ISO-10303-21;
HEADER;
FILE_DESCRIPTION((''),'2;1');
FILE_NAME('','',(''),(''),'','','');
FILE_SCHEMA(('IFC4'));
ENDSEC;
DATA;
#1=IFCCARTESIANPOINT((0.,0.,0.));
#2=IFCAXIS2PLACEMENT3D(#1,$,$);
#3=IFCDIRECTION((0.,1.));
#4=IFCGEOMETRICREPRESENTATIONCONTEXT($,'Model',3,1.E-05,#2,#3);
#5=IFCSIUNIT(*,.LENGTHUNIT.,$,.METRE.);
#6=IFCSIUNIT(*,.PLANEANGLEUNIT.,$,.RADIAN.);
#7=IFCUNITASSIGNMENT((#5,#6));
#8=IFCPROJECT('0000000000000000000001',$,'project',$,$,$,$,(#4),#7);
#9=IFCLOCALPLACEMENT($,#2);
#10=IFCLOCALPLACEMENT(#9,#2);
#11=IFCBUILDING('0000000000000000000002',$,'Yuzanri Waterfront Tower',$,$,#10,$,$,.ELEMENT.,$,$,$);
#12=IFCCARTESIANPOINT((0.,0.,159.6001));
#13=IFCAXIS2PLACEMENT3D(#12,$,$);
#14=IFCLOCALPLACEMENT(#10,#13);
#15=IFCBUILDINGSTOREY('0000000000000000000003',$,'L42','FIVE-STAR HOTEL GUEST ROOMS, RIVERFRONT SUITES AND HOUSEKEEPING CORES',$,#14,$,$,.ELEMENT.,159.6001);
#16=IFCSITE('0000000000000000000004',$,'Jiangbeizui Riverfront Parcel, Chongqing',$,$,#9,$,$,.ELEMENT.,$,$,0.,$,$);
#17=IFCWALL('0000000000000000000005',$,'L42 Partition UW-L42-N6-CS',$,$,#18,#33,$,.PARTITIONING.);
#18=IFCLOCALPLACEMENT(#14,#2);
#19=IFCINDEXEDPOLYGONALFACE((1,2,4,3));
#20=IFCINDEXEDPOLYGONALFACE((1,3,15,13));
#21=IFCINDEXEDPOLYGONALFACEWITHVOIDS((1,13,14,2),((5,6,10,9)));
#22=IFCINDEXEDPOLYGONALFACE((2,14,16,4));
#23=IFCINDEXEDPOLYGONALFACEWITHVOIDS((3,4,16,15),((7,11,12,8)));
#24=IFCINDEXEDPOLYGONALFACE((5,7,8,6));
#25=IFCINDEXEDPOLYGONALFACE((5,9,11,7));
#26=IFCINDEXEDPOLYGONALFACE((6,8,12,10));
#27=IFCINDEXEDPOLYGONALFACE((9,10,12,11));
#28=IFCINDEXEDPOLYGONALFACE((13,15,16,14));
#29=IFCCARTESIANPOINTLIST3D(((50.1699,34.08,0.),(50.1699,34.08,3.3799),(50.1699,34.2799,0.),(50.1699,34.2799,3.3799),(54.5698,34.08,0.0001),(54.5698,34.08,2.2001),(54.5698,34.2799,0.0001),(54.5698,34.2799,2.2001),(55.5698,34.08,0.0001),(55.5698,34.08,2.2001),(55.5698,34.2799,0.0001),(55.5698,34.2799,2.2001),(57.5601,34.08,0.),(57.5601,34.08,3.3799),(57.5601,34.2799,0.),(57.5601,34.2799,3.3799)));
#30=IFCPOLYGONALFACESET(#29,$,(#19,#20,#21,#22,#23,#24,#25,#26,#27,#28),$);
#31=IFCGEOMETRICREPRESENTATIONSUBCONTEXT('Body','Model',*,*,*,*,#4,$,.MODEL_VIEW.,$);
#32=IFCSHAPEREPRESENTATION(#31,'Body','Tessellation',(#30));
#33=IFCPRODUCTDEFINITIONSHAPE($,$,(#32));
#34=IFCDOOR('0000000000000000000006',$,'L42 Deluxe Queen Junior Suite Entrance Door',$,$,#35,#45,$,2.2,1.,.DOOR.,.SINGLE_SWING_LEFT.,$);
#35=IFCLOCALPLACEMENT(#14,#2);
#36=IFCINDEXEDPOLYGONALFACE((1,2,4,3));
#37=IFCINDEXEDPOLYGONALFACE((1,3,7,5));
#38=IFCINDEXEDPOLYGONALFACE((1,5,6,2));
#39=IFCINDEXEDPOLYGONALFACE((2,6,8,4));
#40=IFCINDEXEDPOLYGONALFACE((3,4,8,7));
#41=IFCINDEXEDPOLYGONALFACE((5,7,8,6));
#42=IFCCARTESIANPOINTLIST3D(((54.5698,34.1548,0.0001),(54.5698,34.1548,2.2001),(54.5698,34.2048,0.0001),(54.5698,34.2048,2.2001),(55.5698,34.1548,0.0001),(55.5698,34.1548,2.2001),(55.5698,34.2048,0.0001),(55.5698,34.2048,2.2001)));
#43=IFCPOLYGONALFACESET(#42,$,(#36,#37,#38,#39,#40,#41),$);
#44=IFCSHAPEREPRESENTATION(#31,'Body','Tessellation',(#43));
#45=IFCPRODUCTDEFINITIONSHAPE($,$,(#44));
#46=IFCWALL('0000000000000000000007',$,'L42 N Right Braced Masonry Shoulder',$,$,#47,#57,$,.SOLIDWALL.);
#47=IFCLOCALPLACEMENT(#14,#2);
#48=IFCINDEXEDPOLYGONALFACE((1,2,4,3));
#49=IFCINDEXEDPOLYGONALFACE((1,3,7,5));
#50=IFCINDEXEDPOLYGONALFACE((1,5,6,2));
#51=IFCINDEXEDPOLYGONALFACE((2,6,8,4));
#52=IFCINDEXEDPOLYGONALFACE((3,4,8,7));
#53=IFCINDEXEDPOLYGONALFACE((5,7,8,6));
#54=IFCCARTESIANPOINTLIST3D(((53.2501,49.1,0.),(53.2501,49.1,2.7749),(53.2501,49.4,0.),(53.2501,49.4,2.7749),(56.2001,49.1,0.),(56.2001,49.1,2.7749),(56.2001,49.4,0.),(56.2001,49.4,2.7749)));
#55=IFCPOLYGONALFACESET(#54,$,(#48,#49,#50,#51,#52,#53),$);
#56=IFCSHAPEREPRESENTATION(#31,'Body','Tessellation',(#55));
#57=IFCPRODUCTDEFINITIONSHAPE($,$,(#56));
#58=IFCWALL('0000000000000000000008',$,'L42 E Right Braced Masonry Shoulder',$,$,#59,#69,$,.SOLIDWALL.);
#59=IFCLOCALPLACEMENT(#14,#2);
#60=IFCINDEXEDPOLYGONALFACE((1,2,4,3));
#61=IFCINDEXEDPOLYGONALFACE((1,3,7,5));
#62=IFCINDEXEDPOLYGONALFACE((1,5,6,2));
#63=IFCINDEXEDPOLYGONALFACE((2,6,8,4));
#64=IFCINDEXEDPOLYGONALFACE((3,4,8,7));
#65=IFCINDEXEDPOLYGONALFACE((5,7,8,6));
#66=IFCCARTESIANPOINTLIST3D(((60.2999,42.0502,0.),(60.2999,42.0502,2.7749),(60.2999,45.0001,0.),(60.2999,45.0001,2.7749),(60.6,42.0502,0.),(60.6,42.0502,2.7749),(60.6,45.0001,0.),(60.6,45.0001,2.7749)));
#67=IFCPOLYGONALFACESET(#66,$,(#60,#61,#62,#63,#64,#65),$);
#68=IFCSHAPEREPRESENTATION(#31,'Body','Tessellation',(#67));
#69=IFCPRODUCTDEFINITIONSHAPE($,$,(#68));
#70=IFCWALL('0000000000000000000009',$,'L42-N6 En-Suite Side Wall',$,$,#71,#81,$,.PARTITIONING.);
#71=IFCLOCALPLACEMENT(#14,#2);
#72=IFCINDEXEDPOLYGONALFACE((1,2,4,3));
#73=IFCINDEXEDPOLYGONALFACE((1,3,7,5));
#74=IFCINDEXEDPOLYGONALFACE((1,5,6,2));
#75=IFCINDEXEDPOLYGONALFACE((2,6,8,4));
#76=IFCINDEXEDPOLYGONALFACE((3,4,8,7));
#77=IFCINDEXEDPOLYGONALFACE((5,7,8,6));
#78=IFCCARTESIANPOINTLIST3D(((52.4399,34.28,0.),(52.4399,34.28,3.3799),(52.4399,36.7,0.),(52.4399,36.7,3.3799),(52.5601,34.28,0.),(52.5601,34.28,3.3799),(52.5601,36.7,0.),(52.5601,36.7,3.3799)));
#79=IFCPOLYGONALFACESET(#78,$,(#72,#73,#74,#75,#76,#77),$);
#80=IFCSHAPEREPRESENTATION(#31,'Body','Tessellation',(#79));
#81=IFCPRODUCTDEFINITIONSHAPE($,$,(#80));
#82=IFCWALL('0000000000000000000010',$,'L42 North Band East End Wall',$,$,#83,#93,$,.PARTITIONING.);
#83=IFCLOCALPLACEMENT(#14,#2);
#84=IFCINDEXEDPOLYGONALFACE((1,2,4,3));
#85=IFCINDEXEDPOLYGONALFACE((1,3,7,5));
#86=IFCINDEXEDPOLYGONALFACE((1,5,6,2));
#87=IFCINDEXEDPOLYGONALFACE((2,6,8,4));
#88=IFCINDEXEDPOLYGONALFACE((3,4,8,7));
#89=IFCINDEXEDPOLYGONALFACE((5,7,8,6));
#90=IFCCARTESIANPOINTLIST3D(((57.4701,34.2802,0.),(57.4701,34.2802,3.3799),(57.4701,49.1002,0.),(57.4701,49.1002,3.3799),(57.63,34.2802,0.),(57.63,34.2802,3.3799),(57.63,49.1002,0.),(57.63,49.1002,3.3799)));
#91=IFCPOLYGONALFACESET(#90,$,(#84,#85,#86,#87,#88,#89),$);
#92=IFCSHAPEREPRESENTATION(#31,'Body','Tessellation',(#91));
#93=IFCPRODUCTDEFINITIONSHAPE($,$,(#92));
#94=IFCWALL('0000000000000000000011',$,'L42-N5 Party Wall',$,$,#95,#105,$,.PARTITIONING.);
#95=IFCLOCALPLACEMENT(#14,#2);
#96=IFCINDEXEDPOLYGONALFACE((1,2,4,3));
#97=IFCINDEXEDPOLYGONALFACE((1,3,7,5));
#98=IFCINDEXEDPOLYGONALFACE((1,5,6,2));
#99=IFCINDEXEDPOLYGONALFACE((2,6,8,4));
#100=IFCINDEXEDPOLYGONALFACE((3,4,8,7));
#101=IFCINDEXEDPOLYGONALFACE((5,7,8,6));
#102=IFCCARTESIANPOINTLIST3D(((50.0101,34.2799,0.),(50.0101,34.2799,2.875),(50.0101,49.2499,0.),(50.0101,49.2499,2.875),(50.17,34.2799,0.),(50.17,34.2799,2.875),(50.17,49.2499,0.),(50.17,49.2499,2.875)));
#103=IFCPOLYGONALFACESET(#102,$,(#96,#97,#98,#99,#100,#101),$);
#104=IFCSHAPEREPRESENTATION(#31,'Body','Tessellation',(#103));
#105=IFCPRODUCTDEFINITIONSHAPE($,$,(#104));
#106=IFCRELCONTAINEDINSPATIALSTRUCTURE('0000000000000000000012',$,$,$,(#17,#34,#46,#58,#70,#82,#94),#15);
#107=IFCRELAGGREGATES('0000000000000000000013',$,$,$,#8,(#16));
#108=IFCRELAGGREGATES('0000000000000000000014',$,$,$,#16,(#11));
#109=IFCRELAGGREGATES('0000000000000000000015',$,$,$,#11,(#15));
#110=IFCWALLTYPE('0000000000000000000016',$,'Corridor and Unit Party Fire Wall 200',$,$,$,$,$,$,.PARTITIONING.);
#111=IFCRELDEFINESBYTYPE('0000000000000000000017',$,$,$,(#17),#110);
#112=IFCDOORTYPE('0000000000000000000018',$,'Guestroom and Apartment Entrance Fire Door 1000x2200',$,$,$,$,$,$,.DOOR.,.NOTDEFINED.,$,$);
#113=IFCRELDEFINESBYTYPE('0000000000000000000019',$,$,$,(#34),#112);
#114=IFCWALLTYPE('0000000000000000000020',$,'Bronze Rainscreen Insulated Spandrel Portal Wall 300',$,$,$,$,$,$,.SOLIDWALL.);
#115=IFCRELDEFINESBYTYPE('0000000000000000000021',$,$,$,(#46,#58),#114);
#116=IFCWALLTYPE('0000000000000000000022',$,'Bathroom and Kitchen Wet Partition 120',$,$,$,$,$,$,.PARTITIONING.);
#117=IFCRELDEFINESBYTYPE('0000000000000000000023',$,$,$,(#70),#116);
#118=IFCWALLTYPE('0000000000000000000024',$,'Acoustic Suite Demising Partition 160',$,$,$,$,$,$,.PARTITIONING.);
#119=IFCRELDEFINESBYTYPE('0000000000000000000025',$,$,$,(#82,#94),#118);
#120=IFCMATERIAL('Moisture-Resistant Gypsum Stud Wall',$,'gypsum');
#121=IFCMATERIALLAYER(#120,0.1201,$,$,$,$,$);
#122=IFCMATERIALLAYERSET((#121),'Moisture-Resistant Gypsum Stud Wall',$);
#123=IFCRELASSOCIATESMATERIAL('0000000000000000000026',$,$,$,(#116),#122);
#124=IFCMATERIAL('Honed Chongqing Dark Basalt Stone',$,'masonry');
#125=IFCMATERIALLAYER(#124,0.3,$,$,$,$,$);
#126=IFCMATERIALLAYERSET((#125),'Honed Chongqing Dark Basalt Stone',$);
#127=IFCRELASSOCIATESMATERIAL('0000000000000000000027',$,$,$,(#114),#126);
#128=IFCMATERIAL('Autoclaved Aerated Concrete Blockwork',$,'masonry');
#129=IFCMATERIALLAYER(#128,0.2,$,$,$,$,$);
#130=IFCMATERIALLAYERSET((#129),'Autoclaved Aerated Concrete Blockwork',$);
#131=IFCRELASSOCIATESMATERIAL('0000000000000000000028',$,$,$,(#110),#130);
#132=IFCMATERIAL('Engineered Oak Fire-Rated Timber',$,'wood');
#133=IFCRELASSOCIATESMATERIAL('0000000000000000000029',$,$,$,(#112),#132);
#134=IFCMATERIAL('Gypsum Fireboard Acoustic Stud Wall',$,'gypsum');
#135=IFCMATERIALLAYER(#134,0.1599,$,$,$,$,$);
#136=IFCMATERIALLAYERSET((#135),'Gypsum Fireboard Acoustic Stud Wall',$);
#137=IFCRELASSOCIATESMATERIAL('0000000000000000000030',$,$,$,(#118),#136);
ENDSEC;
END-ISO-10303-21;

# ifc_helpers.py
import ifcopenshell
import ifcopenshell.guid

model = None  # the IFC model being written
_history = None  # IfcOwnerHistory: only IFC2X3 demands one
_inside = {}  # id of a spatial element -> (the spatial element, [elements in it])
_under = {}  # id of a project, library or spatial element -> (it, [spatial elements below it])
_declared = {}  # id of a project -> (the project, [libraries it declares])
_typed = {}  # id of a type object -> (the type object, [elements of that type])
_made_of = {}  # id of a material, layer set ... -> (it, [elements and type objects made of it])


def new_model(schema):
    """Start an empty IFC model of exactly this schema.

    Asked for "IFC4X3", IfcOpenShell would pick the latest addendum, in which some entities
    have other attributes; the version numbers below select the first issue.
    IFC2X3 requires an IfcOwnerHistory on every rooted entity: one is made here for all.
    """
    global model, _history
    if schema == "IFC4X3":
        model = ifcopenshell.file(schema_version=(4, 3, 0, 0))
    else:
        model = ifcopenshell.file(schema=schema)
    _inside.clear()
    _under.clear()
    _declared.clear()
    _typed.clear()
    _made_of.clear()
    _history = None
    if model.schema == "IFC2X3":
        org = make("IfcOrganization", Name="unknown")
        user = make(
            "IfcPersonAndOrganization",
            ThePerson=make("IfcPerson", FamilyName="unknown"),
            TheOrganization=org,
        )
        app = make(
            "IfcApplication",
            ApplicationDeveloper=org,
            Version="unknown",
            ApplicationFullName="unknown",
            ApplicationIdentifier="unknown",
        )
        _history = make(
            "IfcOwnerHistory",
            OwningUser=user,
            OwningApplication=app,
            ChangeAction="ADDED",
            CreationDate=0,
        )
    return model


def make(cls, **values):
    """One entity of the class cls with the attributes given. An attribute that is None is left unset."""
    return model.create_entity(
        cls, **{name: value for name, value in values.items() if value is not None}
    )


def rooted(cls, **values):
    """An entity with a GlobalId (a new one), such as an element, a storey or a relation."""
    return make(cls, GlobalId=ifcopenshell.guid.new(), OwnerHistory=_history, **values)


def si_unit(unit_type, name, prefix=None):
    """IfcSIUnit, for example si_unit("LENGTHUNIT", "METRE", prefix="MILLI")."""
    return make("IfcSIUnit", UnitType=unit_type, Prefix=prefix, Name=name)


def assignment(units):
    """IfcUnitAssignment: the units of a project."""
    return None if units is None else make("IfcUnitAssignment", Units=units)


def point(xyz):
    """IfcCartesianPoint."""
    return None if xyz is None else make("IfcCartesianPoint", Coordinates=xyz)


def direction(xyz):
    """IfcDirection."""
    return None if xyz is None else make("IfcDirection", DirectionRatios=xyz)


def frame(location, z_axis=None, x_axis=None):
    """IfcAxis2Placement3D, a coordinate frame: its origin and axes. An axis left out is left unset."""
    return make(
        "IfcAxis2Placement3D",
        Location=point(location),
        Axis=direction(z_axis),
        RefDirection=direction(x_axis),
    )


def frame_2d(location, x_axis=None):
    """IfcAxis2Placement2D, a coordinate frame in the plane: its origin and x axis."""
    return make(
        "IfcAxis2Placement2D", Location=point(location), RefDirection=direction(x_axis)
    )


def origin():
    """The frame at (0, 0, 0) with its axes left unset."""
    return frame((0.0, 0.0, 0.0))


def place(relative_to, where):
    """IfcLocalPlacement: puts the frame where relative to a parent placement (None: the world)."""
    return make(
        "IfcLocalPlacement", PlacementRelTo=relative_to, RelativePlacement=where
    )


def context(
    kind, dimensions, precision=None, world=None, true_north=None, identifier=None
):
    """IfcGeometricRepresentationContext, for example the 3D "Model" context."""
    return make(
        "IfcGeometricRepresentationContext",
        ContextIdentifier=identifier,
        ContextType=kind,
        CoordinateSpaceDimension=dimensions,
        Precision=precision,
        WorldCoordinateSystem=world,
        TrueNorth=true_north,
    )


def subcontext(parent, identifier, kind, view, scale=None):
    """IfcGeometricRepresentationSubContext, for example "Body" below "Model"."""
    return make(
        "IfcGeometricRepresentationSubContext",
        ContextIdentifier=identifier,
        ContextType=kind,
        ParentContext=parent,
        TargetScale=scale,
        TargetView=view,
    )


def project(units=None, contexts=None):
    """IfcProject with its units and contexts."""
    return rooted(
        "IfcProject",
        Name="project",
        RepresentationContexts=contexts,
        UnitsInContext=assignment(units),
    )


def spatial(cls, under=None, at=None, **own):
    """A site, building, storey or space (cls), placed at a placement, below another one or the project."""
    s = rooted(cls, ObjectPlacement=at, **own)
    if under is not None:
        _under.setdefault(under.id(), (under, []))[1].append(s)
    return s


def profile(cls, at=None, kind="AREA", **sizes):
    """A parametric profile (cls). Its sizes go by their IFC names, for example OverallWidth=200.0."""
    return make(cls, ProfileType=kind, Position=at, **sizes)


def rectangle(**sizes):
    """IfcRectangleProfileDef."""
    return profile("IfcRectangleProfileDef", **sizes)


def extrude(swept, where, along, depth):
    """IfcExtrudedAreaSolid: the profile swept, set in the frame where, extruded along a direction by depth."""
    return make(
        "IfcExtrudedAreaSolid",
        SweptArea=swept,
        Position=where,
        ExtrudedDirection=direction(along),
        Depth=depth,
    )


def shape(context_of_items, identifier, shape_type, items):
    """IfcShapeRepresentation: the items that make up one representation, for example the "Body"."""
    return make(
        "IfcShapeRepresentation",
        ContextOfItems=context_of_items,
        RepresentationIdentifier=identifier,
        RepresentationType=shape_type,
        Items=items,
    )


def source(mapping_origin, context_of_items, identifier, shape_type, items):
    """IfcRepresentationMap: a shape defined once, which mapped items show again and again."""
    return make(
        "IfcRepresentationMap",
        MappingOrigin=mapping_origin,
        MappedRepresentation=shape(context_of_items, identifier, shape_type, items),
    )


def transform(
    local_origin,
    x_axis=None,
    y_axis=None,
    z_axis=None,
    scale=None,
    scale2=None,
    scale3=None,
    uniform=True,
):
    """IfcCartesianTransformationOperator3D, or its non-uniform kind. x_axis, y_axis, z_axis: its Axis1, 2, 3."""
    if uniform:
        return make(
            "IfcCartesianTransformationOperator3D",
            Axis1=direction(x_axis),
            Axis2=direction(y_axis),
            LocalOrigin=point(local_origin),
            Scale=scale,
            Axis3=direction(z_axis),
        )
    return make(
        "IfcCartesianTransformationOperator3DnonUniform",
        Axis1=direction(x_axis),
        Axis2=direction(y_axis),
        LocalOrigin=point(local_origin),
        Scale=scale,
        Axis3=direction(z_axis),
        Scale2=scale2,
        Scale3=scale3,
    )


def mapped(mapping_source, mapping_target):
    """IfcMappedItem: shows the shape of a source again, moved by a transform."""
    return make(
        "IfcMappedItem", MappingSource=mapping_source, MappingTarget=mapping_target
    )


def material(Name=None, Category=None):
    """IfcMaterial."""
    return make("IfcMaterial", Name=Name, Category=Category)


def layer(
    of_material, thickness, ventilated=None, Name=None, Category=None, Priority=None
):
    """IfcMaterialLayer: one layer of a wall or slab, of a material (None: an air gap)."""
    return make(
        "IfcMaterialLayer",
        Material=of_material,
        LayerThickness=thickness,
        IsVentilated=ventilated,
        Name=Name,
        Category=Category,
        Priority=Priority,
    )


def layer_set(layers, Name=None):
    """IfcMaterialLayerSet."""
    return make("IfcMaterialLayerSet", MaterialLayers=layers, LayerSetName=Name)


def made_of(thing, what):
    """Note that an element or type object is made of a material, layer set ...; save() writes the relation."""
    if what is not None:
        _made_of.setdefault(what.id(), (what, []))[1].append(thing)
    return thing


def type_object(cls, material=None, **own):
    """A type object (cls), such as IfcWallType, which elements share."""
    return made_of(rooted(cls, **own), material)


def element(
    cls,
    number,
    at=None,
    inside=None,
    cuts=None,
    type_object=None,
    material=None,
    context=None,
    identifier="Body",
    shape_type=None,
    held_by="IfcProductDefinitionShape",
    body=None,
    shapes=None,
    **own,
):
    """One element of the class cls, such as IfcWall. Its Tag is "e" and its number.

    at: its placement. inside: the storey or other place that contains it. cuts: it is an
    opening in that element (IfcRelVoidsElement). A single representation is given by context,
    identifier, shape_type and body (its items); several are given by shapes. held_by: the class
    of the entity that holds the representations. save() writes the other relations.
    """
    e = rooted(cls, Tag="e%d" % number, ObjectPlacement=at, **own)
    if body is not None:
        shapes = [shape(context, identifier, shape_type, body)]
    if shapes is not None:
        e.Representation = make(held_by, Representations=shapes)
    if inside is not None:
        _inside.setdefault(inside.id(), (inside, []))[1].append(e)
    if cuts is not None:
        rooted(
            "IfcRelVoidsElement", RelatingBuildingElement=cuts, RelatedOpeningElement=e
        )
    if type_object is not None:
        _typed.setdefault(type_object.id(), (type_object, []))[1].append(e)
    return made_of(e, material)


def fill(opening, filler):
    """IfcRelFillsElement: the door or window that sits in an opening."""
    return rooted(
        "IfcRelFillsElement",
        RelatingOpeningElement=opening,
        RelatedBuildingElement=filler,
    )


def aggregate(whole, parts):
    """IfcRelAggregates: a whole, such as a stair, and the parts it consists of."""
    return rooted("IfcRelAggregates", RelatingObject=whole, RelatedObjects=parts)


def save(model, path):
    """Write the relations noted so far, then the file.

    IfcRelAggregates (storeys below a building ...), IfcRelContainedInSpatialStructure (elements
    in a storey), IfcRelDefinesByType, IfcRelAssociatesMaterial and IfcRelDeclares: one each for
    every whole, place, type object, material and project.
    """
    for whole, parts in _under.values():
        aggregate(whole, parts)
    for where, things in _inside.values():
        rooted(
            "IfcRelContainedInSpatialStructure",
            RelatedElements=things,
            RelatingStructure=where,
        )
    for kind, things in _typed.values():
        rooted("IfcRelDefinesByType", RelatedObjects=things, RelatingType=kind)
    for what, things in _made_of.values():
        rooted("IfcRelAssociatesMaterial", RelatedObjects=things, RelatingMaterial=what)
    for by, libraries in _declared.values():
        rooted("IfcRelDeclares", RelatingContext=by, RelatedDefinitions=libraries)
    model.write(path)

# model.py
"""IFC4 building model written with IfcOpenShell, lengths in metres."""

from ifc_helpers import new_model, si_unit, direction, frame, frame_2d, origin, place, context, subcontext, project, spatial, rectangle, extrude, source, transform, mapped, material, layer, layer_set, type_object, element, fill, save


model = new_model("IFC4")

# Units and contexts
model_context = context("Model", 3, precision=1e-05, world=origin(), true_north=direction((0.0, 1.0)))
body_context = subcontext(model_context, "Body", "Model", "MODEL_VIEW")
ifc_project = project(units=[si_unit("LENGTHUNIT", "METRE"), si_unit("PLANEANGLEUNIT", "RADIAN")], contexts=[model_context])

# Site, building, storey
site_placement = place(None, origin())
site = spatial("IfcSite", under=ifc_project, at=site_placement, Name="Jiangbeizui Riverfront Parcel, Chongqing", CompositionType="ELEMENT", RefElevation=0.0)
building_placement = place(site_placement, origin())
building = spatial("IfcBuilding", under=site, at=building_placement, Name="Yuzanri Waterfront Tower", CompositionType="ELEMENT")
storey_placement = place(building_placement, frame((0.0, 0.0, 159.6001)))
storey = spatial("IfcBuildingStorey", under=building, at=storey_placement, Name="L42", Description="FIVE-STAR HOTEL GUEST ROOMS, RIVERFRONT SUITES AND HOUSEKEEPING CORES", CompositionType="ELEMENT", Elevation=159.6001)

# Shared definitions
ifc_material_1 = material(Name="Moisture-Resistant Gypsum Stud Wall", Category="gypsum")
ifc_layer_1 = layer(ifc_material_1, 0.1201)
ifc_layer_set_1 = layer_set([ifc_layer_1], Name="Moisture-Resistant Gypsum Stud Wall")
wall_type_1 = type_object("IfcWallType", Name="Bathroom and Kitchen Wet Partition 120", PredefinedType="PARTITIONING", material=ifc_layer_set_1)

# Shared definitions
ifc_material_2 = material(Name="Honed Chongqing Dark Basalt Stone", Category="masonry")
ifc_layer_2 = layer(ifc_material_2, 0.3)
ifc_layer_set_2 = layer_set([ifc_layer_2], Name="Honed Chongqing Dark Basalt Stone")
wall_type_2 = type_object("IfcWallType", Name="Bronze Rainscreen Insulated Spandrel Portal Wall 300", PredefinedType="SOLIDWALL", material=ifc_layer_set_2)

# Wall, opening, door
ifc_material_3 = material(Name="Autoclaved Aerated Concrete Blockwork", Category="masonry")
ifc_layer_3 = layer(ifc_material_3, 0.2)
ifc_layer_set_3 = layer_set([ifc_layer_3], Name="Autoclaved Aerated Concrete Blockwork")
wall_type_3 = type_object("IfcWallType", Name="Corridor and Unit Party Fire Wall 200", PredefinedType="PARTITIONING", material=ifc_layer_set_3)
wall_1_placement = place(storey_placement, frame((50.1699, 34.1799, 0.0), z_axis=(0.0, 0.0, 1.0), x_axis=(1.0, 0.0, 0.0)))
wall_1 = element("IfcWall", 1, at=wall_1_placement, inside=storey, type_object=wall_type_3, Name="L42 Partition UW-L42-N6-CS", PredefinedType="PARTITIONING", context=body_context, shape_type="SweptSolid", body=[
    extrude(rectangle(XDim=7.3901, YDim=0.2, at=frame_2d((3.6951, 0.0))), origin(), (0.0, 0.0, 1.0), 3.3799),
])
opening_1_placement = place(wall_1_placement, frame((4.3999, 0.0, 0.0)))
opening_1 = element("IfcOpeningElement", 2, at=opening_1_placement, cuts=wall_1, PredefinedType="OPENING", context=body_context, shape_type="SweptSolid", body=[
    extrude(rectangle(XDim=1.0, YDim=2.2, at=frame_2d((0.5, 1.1001))), frame((0.0, 0.1147, 0.0), z_axis=(0.0, -1.0, 0.0), x_axis=(1.0, 0.0, 0.0)), (0.0, 0.0, 1.0), 0.2297),
])
ifc_material_4 = material(Name="Engineered Oak Fire-Rated Timber", Category="wood")
door_type_1 = type_object("IfcDoorType", Name="Guestroom and Apartment Entrance Fire Door 1000x2200", OperationType="NOTDEFINED", PredefinedType="DOOR", material=ifc_material_4)
shared_shape_1 = source(origin(), body_context, "Body", "SweptSolid", [
    extrude(rectangle(XDim=1.0, YDim=2.2, at=frame_2d((0.5, 1.1001))), frame((0.0, 0.0249, 0.0), z_axis=(0.0, -1.0, 0.0), x_axis=(1.0, 0.0, 0.0)), (0.0, 0.0, 1.0), 0.05),
])
door_1_placement = place(opening_1_placement, origin())
door_1 = element("IfcDoor", 3, at=door_1_placement, inside=storey, type_object=door_type_1, Name="L42 Deluxe Queen Junior Suite Entrance Door", OperationType="SINGLE_SWING_LEFT", OverallHeight=2.2, OverallWidth=1.0, PredefinedType="DOOR", context=body_context, shape_type="MappedRepresentation", body=[
    mapped(shared_shape_1, transform((0.0, 0.0, 0.0), scale=1.0)),
])
fill(opening_1, door_1)

# Walls
shared_shape_2 = source(origin(), body_context, "Body", "SweptSolid", [
    extrude(rectangle(XDim=2.95, YDim=0.3, at=frame_2d((1.4751, 0.0))), origin(), (0.0, 0.0, 1.0), 2.7749),
])
for number, where, z_axis, x_axis, name in (
    (4, (53.25, 49.25, 0.0), (0.0, 0.0, 1.0), (1.0, 0.0, 0.0), "L42 N Right Braced Masonry Shoulder"),
    (5, (60.45, 42.05, 0.0), (0.0, 0.0, 1.0), (0.0, 1.0, 0.0), "L42 E Right Braced Masonry Shoulder"),
):
    element("IfcWall", number, at=place(storey_placement, frame(where, z_axis=z_axis, x_axis=x_axis)), inside=storey, type_object=wall_type_2, Name=name, PredefinedType="SOLIDWALL", context=body_context, shape_type="MappedRepresentation", body=[
        mapped(shared_shape_2, transform((0.0, 0.0, 0.0), scale=1.0)),
    ])
shared_shape_3 = source(origin(), body_context, "Body", "SweptSolid", [
    extrude(rectangle(XDim=2.4199, YDim=0.1201, at=frame_2d((1.21, 0.0))), origin(), (0.0, 0.0, 1.0), 3.3799),
])
wall_2_placement = place(storey_placement, frame((52.5, 34.28, 0.0), z_axis=(0.0, 0.0, 1.0), x_axis=(0.0, 1.0, 0.0)))
element("IfcWall", 6, at=wall_2_placement, inside=storey, type_object=wall_type_1, Name="L42-N6 En-Suite Side Wall", PredefinedType="PARTITIONING", context=body_context, shape_type="MappedRepresentation", body=[
    mapped(shared_shape_3, transform((0.0, 0.0, 0.0), scale=1.0)),
])
ifc_material_5 = material(Name="Gypsum Fireboard Acoustic Stud Wall", Category="gypsum")
ifc_layer_4 = layer(ifc_material_5, 0.1599)
ifc_layer_set_4 = layer_set([ifc_layer_4], Name="Gypsum Fireboard Acoustic Stud Wall")
wall_type_4 = type_object("IfcWallType", Name="Acoustic Suite Demising Partition 160", PredefinedType="PARTITIONING", material=ifc_layer_set_4)
shared_shape_4 = source(origin(), body_context, "Body", "SweptSolid", [
    extrude(rectangle(XDim=14.8201, YDim=0.1599, at=frame_2d((7.4102, 0.0))), origin(), (0.0, 0.0, 1.0), 3.3799),
])
wall_3_placement = place(storey_placement, frame((57.55, 34.28, 0.0), z_axis=(0.0, 0.0, 1.0), x_axis=(0.0, 1.0, 0.0)))
element("IfcWall", 7, at=wall_3_placement, inside=storey, type_object=wall_type_4, Name="L42 North Band East End Wall", PredefinedType="PARTITIONING", context=body_context, shape_type="MappedRepresentation", body=[
    mapped(shared_shape_4, transform((0.0, 0.0, 0.0), scale=1.0)),
])
shared_shape_5 = source(origin(), body_context, "Body", "SweptSolid", [
    extrude(rectangle(XDim=14.97, YDim=0.1599, at=frame_2d((7.4849, 0.0))), origin(), (0.0, 0.0, 1.0), 2.875),
])
wall_4_placement = place(storey_placement, frame((50.0901, 34.28, 0.0), z_axis=(0.0, 0.0, 1.0), x_axis=(0.0, 1.0, 0.0)))
element("IfcWall", 8, at=wall_4_placement, inside=storey, type_object=wall_type_4, Name="L42-N5 Party Wall", PredefinedType="PARTITIONING", context=body_context, shape_type="MappedRepresentation", body=[
    mapped(shared_shape_5, transform((0.0, 0.0, 0.0), scale=1.0)),
])

save(model, "model.ifc")
